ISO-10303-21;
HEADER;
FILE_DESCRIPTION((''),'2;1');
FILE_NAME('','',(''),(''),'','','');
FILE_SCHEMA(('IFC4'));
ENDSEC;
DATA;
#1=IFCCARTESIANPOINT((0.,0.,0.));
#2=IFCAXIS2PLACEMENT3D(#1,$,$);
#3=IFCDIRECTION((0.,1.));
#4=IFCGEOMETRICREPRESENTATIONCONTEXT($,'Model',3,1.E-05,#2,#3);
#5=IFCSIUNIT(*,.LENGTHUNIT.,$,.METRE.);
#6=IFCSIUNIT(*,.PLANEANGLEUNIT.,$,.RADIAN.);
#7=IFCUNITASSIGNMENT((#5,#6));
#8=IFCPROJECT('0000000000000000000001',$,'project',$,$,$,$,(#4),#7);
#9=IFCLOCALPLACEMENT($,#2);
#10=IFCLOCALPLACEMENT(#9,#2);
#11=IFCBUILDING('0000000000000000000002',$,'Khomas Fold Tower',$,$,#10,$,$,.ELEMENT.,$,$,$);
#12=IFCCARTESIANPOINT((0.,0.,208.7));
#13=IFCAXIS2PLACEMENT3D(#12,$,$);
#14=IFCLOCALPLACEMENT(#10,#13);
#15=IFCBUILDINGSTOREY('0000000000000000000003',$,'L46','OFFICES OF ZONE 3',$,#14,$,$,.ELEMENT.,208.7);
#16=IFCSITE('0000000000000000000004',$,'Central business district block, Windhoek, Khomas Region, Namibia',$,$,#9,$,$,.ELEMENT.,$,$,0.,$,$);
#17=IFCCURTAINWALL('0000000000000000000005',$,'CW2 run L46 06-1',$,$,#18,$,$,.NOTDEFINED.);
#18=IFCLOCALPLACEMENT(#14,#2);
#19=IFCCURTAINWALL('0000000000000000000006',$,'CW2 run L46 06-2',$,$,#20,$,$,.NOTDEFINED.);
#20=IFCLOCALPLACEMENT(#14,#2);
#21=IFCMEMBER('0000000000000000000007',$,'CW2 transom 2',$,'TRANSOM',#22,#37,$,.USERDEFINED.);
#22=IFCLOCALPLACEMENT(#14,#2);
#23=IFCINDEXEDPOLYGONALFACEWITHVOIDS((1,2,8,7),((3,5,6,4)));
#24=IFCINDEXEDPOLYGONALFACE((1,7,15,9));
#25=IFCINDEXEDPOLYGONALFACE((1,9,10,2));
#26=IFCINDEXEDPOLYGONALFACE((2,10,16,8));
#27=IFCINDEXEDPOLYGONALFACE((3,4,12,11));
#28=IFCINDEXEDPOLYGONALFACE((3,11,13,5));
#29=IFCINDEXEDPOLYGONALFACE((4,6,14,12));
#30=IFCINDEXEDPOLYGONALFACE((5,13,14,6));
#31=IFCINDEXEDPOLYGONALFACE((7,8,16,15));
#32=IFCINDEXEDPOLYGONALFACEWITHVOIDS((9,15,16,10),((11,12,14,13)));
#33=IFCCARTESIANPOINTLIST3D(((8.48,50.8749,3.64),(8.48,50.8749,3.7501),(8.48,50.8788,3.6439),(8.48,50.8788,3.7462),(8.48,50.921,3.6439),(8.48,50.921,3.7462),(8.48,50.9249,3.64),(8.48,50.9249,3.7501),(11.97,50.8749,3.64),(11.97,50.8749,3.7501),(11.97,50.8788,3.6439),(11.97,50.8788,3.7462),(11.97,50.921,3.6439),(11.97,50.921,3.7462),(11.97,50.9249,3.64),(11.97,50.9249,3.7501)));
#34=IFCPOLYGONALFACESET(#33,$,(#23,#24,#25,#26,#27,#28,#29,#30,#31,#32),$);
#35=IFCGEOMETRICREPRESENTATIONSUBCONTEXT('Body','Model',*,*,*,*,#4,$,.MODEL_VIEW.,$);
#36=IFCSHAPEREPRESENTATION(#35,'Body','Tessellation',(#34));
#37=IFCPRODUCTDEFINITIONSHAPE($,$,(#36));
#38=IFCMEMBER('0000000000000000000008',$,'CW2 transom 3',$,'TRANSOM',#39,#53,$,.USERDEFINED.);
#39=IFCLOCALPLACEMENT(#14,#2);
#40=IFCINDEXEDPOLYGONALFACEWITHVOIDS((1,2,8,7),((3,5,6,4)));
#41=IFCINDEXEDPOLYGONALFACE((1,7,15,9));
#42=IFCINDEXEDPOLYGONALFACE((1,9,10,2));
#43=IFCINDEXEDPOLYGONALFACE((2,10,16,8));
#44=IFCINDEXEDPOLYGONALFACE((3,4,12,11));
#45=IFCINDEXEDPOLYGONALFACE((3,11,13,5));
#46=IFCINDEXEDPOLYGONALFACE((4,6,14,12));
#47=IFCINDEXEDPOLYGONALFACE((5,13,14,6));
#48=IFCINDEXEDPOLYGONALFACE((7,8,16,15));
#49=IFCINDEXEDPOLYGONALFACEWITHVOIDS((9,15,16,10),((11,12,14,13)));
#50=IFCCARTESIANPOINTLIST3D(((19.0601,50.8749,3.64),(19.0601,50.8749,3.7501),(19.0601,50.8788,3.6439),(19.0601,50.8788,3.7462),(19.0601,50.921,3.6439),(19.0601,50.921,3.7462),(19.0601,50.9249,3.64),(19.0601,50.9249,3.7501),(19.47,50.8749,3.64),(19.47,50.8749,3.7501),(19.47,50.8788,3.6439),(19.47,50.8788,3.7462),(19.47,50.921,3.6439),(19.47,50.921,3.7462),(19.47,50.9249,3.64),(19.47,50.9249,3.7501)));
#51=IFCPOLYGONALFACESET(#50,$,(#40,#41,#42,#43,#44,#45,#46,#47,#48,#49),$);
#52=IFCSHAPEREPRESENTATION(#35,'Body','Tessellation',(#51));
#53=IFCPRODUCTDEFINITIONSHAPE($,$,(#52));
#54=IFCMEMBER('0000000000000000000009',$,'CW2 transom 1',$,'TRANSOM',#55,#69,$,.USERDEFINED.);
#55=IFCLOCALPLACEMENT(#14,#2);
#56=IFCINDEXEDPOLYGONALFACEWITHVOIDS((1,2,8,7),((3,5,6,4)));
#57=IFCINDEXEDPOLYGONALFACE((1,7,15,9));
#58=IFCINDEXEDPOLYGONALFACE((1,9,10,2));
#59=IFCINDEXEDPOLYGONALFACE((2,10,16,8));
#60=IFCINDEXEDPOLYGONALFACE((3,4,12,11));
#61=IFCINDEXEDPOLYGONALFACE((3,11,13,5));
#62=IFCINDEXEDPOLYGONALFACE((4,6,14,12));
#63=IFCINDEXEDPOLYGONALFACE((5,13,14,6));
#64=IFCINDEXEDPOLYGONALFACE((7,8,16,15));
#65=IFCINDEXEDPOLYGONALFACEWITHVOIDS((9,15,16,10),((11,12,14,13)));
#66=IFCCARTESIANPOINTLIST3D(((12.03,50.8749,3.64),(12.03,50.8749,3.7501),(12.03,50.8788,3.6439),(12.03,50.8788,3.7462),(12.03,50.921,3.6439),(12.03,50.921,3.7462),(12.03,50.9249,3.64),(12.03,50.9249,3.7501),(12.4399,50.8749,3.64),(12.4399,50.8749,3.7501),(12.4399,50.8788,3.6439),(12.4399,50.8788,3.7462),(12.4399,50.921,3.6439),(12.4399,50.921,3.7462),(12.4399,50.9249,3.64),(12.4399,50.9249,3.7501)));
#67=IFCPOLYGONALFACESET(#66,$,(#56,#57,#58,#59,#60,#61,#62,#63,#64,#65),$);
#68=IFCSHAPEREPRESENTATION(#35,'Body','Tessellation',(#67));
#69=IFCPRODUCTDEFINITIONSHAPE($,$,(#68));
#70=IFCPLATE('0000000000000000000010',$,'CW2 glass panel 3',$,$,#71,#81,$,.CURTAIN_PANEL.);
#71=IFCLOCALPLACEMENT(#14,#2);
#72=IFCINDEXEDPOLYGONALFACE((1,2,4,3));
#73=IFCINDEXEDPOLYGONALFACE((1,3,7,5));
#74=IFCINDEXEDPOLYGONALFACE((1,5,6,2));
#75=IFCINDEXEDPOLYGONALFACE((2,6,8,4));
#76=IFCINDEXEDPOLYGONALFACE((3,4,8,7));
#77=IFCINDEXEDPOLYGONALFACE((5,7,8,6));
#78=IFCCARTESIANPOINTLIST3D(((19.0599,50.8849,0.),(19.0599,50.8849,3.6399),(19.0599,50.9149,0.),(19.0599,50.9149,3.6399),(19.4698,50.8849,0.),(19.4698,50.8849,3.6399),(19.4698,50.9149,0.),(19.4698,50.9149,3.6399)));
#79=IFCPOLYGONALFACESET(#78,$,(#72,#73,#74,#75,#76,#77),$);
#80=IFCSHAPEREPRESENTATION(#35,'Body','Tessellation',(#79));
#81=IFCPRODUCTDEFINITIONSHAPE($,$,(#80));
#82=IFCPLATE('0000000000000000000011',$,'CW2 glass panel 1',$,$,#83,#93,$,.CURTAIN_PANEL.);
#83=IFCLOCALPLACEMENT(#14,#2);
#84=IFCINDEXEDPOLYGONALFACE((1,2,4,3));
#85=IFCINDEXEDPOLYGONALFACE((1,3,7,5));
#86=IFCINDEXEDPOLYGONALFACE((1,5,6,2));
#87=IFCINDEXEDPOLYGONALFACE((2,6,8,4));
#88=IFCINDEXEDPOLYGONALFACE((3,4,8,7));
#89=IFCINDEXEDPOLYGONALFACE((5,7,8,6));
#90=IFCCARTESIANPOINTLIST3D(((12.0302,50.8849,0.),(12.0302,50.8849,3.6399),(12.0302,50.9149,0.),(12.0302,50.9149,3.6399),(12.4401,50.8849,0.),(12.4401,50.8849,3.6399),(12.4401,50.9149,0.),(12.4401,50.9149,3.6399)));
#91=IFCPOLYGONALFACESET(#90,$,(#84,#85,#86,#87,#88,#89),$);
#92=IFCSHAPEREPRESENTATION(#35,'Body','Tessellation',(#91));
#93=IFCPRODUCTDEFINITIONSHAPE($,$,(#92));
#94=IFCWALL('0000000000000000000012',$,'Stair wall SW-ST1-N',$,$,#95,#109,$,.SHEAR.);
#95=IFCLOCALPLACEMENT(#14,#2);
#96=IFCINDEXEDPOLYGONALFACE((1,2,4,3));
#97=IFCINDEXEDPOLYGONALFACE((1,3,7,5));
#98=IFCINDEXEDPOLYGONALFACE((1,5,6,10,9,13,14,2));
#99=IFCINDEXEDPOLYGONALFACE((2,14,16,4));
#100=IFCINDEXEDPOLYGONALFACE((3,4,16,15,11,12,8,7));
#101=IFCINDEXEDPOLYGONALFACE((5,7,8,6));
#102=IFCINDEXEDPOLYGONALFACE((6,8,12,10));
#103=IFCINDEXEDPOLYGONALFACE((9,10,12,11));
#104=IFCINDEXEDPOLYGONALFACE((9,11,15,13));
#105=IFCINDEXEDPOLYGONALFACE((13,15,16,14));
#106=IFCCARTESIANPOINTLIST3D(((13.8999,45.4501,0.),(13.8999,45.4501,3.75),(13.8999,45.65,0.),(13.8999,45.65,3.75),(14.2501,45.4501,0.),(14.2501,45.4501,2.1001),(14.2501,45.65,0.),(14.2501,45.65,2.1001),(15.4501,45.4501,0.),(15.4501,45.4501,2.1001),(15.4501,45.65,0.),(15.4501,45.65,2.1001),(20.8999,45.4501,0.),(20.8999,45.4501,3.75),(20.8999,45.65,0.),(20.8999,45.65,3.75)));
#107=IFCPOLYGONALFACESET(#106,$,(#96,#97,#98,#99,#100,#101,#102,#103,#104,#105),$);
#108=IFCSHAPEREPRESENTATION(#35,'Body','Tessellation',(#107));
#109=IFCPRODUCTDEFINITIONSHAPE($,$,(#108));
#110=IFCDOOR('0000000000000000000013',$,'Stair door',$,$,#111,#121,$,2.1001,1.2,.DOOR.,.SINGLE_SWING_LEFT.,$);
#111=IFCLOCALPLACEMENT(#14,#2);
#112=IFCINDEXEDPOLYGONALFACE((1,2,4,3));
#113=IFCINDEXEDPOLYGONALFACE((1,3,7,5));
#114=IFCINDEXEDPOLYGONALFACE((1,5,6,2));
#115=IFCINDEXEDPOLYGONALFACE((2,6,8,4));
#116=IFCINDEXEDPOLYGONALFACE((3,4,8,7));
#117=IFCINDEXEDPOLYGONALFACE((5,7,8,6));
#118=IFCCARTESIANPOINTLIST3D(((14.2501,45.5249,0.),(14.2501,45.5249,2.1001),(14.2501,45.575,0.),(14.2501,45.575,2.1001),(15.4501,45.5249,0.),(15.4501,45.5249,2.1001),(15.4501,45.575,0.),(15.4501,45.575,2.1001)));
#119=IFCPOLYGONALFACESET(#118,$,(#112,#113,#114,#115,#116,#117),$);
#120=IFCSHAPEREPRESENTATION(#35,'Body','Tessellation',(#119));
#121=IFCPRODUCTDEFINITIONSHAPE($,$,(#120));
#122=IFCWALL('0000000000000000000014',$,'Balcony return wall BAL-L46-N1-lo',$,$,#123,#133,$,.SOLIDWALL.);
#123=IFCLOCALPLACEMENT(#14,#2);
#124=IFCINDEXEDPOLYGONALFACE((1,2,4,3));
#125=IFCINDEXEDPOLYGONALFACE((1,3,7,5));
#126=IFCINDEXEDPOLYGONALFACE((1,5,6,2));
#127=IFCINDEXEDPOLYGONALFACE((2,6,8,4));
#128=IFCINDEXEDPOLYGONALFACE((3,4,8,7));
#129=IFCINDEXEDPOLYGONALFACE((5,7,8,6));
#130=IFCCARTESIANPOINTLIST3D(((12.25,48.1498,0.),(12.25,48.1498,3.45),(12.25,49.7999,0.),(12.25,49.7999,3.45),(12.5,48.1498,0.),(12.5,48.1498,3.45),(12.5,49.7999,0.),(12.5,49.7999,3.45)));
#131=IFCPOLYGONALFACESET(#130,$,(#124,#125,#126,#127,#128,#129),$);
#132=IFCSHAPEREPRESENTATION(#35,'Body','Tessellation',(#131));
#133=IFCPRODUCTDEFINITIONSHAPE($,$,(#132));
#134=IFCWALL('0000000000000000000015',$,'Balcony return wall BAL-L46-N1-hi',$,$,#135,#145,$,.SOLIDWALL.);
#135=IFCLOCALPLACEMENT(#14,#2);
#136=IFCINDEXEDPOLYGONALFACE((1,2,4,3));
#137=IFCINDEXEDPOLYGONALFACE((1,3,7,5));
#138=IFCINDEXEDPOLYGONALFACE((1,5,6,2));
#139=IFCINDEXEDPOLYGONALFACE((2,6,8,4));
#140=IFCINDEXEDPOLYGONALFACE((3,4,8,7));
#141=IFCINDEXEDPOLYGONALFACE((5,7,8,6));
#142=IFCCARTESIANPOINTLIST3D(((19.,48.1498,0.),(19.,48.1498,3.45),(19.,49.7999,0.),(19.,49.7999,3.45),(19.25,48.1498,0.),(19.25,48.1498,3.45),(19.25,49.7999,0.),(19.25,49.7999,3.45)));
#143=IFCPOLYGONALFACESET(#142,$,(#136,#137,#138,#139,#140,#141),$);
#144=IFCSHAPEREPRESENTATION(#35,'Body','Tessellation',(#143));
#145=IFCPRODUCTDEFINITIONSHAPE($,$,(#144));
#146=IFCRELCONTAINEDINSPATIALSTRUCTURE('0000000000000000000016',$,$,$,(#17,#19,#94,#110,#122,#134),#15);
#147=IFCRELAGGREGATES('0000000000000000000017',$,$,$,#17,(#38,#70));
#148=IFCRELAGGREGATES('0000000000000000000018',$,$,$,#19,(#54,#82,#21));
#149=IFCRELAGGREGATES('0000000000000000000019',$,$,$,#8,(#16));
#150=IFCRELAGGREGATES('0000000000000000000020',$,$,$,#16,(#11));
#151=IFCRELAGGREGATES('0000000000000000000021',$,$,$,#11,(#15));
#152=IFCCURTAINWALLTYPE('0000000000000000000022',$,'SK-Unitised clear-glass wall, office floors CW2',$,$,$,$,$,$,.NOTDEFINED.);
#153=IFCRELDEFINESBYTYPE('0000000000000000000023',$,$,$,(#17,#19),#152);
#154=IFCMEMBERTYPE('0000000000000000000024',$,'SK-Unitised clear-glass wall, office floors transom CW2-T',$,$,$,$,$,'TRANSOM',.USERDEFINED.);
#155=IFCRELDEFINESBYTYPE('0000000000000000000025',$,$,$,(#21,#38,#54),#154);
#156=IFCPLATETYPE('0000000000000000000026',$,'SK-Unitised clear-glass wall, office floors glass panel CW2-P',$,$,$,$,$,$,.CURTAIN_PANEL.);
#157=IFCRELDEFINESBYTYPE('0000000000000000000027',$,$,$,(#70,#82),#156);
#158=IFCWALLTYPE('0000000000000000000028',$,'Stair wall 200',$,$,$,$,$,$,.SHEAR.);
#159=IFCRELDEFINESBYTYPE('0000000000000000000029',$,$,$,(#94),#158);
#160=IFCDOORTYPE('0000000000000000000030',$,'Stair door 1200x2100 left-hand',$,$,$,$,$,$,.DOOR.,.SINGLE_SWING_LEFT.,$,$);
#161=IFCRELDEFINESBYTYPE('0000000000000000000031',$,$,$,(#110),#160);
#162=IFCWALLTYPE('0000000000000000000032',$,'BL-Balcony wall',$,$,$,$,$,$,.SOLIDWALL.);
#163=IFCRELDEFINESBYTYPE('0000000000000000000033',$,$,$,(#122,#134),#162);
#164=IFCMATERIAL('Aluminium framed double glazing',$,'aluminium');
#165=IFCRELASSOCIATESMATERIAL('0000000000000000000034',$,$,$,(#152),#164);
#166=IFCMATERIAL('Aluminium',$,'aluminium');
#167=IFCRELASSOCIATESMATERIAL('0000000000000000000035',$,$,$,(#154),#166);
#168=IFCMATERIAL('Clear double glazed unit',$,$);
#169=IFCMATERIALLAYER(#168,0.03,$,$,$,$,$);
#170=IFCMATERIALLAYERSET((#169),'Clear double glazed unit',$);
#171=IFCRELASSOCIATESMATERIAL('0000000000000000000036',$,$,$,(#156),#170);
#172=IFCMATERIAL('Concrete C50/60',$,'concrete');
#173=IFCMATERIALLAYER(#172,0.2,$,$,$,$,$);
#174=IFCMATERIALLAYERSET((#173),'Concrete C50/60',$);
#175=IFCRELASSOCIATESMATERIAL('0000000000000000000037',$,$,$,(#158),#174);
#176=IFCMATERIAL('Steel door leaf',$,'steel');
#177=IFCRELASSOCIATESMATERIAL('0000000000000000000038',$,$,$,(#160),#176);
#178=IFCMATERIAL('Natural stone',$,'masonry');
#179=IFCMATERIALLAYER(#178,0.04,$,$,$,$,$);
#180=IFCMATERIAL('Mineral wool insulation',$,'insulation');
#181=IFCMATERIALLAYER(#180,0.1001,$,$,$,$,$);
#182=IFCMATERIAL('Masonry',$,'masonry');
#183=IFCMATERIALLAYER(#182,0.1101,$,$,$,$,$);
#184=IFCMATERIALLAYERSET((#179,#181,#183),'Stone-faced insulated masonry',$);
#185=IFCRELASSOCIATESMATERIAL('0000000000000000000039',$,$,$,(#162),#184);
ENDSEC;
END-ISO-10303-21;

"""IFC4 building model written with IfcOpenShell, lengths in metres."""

from ifc_helpers import new_model, si_unit, direction, frame, frame_2d, origin, origin_2d, place, context, subcontext, project, spatial, rectangle, hollow_rectangle, extrude, source, transform, mapped, material, layer, layer_set, material_profile, profile_set, type_object, element, fill, aggregate, save


model = new_model("IFC4")

# Units and contexts
model_context = context("Model", 3, precision=1e-05, world=origin(), true_north=direction((0.0, 1.0)))
body_context = subcontext(model_context, "Body", "Model", "MODEL_VIEW")
ifc_project = project(units=[si_unit("LENGTHUNIT", "METRE"), si_unit("PLANEANGLEUNIT", "RADIAN")], contexts=[model_context])

# Site, building, storey
site_placement = place(None, origin())
site = spatial("IfcSite", under=ifc_project, at=site_placement, Name="Central business district block, Windhoek, Khomas Region, Namibia", CompositionType="ELEMENT", RefElevation=0.0)
building_placement = place(site_placement, origin())
building = spatial("IfcBuilding", under=site, at=building_placement, Name="Khomas Fold Tower", CompositionType="ELEMENT")
storey_placement = place(building_placement, frame((0.0, 0.0, 208.7)))
storey = spatial("IfcBuildingStorey", under=building, at=storey_placement, Name="L46", Description="OFFICES OF ZONE 3", CompositionType="ELEMENT", Elevation=208.7)

# Curtain wall
ifc_material_1 = material(Name="Aluminium framed double glazing", Category="aluminium")
curtain_wall_type = type_object("IfcCurtainWallType", Name="SK-Unitised clear-glass wall, office floors CW2", PredefinedType="NOTDEFINED", material=ifc_material_1)
curtain_wall_1_placement = place(storey_placement, origin())
curtain_wall_1 = element("IfcCurtainWall", 1, at=curtain_wall_1_placement, inside=storey, type_object=curtain_wall_type, Name="CW2 run L46 06-1", PredefinedType="NOTDEFINED")

# Curtain wall, member
curtain_wall_2_placement = place(storey_placement, origin())
curtain_wall_2 = element("IfcCurtainWall", 2, at=curtain_wall_2_placement, inside=storey, type_object=curtain_wall_type, Name="CW2 run L46 06-2", PredefinedType="NOTDEFINED")
ifc_material_2 = material(Name="Aluminium", Category="aluminium")
ifc_material_profile_1 = material_profile(ifc_material_2, hollow_rectangle(XDim=0.05, YDim=0.1101, WallThickness=0.0039, at=origin_2d()), Name="SK-Unitised clear-glass wall, office floors transom CW2-T")
ifc_profile_set_1 = profile_set([ifc_material_profile_1], Name="Aluminium")
member_type_1 = type_object("IfcMemberType", Name="SK-Unitised clear-glass wall, office floors transom CW2-T", ElementType="TRANSOM", PredefinedType="USERDEFINED", material=ifc_profile_set_1)
shared_shape_1 = source(origin(), body_context, "Body", "SweptSolid", [
    extrude(hollow_rectangle(XDim=0.05, YDim=0.1101, WallThickness=0.0039, at=origin_2d()), origin(), (0.0, 0.0, 1.0), 3.49),
])
member_1_placement = place(storey_placement, frame((11.97, 50.8999, 3.6951), z_axis=(-1.0, 0.0, 0.0), x_axis=(0.0, -1.0, 0.0)))
member_1 = element("IfcMember", 3, at=member_1_placement, type_object=member_type_1, Name="CW2 transom 2", ObjectType="TRANSOM", PredefinedType="USERDEFINED", context=body_context, shape_type="MappedRepresentation", body=[
    mapped(shared_shape_1, transform((0.0, 0.0, 0.0))),
])

# Members
shared_shape_2 = source(origin(), body_context, "Body", "SweptSolid", [
    extrude(hollow_rectangle(XDim=0.05, YDim=0.1101, WallThickness=0.0039, at=origin_2d()), origin(), (0.0, 0.0, 1.0), 0.4099),
])
member_2_placement = place(storey_placement, frame((19.47, 50.8999, 3.6951), z_axis=(-1.0, 0.0, 0.0), x_axis=(0.0, -1.0, 0.0)))
member_2 = element("IfcMember", 4, at=member_2_placement, type_object=member_type_1, Name="CW2 transom 3", ObjectType="TRANSOM", PredefinedType="USERDEFINED", context=body_context, shape_type="MappedRepresentation", body=[
    mapped(shared_shape_2, transform((0.0, 0.0, 0.0))),
])
member_3_placement = place(storey_placement, frame((12.4399, 50.8999, 3.6951), z_axis=(-1.0, 0.0, 0.0), x_axis=(0.0, -1.0, 0.0)))
member_3 = element("IfcMember", 5, at=member_3_placement, type_object=member_type_1, Name="CW2 transom 1", ObjectType="TRANSOM", PredefinedType="USERDEFINED", context=body_context, shape_type="MappedRepresentation", body=[
    mapped(shared_shape_2, transform((0.0, 0.0, 0.0))),
])

# Plates
ifc_material_3 = material(Name="Clear double glazed unit")
ifc_layer_1 = layer(ifc_material_3, 0.03)
ifc_layer_set_1 = layer_set([ifc_layer_1], Name="Clear double glazed unit")
plate_type = type_object("IfcPlateType", Name="SK-Unitised clear-glass wall, office floors glass panel CW2-P", PredefinedType="CURTAIN_PANEL", material=ifc_layer_set_1)
shared_shape_3 = source(origin(), body_context, "Body", "SweptSolid", [
    extrude(rectangle(XDim=0.4099, YDim=0.03, at=origin_2d()), origin(), (0.0, 0.0, 1.0), 3.6399),
])
plate_1_placement = place(storey_placement, frame((19.2649, 50.8999, 0.0), z_axis=(0.0, 0.0, 1.0), x_axis=(-1.0, 0.0, 0.0)))
plate_1 = element("IfcPlate", 6, at=plate_1_placement, type_object=plate_type, Name="CW2 glass panel 3", PredefinedType="CURTAIN_PANEL", context=body_context, shape_type="MappedRepresentation", body=[
    mapped(shared_shape_3, transform((0.0, 0.0, 0.0))),
])
aggregate(curtain_wall_1, [member_2, plate_1])
plate_2_placement = place(storey_placement, frame((12.2351, 50.8999, 0.0), z_axis=(0.0, 0.0, 1.0), x_axis=(-1.0, 0.0, 0.0)))
plate_2 = element("IfcPlate", 7, at=plate_2_placement, type_object=plate_type, Name="CW2 glass panel 1", PredefinedType="CURTAIN_PANEL", context=body_context, shape_type="MappedRepresentation", body=[
    mapped(shared_shape_3, transform((0.0, 0.0, 0.0))),
])
aggregate(curtain_wall_2, [member_3, plate_2, member_1])

# Wall, opening, door
ifc_material_4 = material(Name="Concrete C50/60", Category="concrete")
ifc_layer_2 = layer(ifc_material_4, 0.2)
ifc_layer_set_2 = layer_set([ifc_layer_2], Name="Concrete C50/60")
wall_type_1 = type_object("IfcWallType", Name="Stair wall 200", PredefinedType="SHEAR", material=ifc_layer_set_2)
shared_shape_4 = source(origin(), body_context, "Body", "SweptSolid", [
    extrude(rectangle(XDim=7.0, YDim=0.2, at=frame_2d((3.5, 0.0))), origin(), (0.0, 0.0, 1.0), 3.75),
])
wall_1_placement = place(storey_placement, frame((13.8999, 45.55, 0.0), z_axis=(0.0, 0.0, 1.0), x_axis=(1.0, 0.0, 0.0)))
wall_1 = element("IfcWall", 8, at=wall_1_placement, inside=storey, type_object=wall_type_1, Name="Stair wall SW-ST1-N", PredefinedType="SHEAR", context=body_context, shape_type="MappedRepresentation", body=[
    mapped(shared_shape_4, transform((0.0, 0.0, 0.0))),
])
shared_shape_5 = source(origin(), body_context, "Body", "SweptSolid", [
    extrude(rectangle(XDim=1.2, YDim=2.1001, at=frame_2d((0.6001, 1.05))), frame((0.0, 0.1099, 0.0), z_axis=(0.0, -1.0, 0.0), x_axis=(1.0, 0.0, 0.0)), (0.0, 0.0, 1.0), 0.22),
])
opening_1_placement = place(wall_1_placement, frame((0.3501, 0.0, 0.0)))
opening_1 = element("IfcOpeningElement", 9, at=opening_1_placement, cuts=wall_1, PredefinedType="OPENING", context=body_context, shape_type="MappedRepresentation", body=[
    mapped(shared_shape_5, transform((0.0, 0.0, 0.0))),
])
ifc_material_5 = material(Name="Steel door leaf", Category="steel")
door_type_1 = type_object("IfcDoorType", Name="Stair door 1200x2100 left-hand", OperationType="SINGLE_SWING_LEFT", PredefinedType="DOOR", material=ifc_material_5)
shared_shape_6 = source(origin(), body_context, "Body", "SweptSolid", [
    extrude(rectangle(XDim=1.2, YDim=2.1001, at=frame_2d((0.6001, 1.05))), frame((0.0, 0.0249, 0.0), z_axis=(0.0, -1.0, 0.0), x_axis=(1.0, 0.0, 0.0)), (0.0, 0.0, 1.0), 0.05),
])
door_1_placement = place(opening_1_placement, origin())
door_1 = element("IfcDoor", 10, at=door_1_placement, inside=storey, type_object=door_type_1, Name="Stair door", OperationType="SINGLE_SWING_LEFT", OverallHeight=2.1001, OverallWidth=1.2, PredefinedType="DOOR", context=body_context, shape_type="MappedRepresentation", body=[
    mapped(shared_shape_6, transform((0.0, 0.0, 0.0))),
])
fill(opening_1, door_1)

# Shared definitions
ifc_material_6 = material(Name="Natural stone", Category="masonry")
ifc_layer_3 = layer(ifc_material_6, 0.04)
ifc_material_7 = material(Name="Mineral wool insulation", Category="insulation")
ifc_layer_4 = layer(ifc_material_7, 0.1001)
ifc_material_8 = material(Name="Masonry", Category="masonry")
ifc_layer_5 = layer(ifc_material_8, 0.1101)
ifc_layer_set_3 = layer_set([ifc_layer_3, ifc_layer_4, ifc_layer_5], Name="Stone-faced insulated masonry")
wall_type_2 = type_object("IfcWallType", Name="BL-Balcony wall", PredefinedType="SOLIDWALL", material=ifc_layer_set_3)

# Walls
shared_shape_7 = source(origin(), body_context, "Body", "SweptSolid", [
    extrude(rectangle(XDim=1.6501, YDim=0.25, at=frame_2d((0.8252, 0.0))), origin(), (0.0, 0.0, 1.0), 3.45),
])
for number, where, z_axis, x_axis, name in (
    (11, (12.375, 49.8, 0.0), (0.0, 0.0, 1.0), (0.0, -1.0, 0.0), "Balcony return wall BAL-L46-N1-lo"),
    (12, (19.125, 49.8, 0.0), (0.0, 0.0, 1.0), (0.0, -1.0, 0.0), "Balcony return wall BAL-L46-N1-hi"),
):
    element("IfcWall", number, at=place(storey_placement, frame(where, z_axis=z_axis, x_axis=x_axis)), inside=storey, type_object=wall_type_2, Name=name, PredefinedType="SOLIDWALL", context=body_context, shape_type="MappedRepresentation", body=[
        mapped(shared_shape_7, transform((0.0, 0.0, 0.0))),
    ])

save(model, "model.ifc")
